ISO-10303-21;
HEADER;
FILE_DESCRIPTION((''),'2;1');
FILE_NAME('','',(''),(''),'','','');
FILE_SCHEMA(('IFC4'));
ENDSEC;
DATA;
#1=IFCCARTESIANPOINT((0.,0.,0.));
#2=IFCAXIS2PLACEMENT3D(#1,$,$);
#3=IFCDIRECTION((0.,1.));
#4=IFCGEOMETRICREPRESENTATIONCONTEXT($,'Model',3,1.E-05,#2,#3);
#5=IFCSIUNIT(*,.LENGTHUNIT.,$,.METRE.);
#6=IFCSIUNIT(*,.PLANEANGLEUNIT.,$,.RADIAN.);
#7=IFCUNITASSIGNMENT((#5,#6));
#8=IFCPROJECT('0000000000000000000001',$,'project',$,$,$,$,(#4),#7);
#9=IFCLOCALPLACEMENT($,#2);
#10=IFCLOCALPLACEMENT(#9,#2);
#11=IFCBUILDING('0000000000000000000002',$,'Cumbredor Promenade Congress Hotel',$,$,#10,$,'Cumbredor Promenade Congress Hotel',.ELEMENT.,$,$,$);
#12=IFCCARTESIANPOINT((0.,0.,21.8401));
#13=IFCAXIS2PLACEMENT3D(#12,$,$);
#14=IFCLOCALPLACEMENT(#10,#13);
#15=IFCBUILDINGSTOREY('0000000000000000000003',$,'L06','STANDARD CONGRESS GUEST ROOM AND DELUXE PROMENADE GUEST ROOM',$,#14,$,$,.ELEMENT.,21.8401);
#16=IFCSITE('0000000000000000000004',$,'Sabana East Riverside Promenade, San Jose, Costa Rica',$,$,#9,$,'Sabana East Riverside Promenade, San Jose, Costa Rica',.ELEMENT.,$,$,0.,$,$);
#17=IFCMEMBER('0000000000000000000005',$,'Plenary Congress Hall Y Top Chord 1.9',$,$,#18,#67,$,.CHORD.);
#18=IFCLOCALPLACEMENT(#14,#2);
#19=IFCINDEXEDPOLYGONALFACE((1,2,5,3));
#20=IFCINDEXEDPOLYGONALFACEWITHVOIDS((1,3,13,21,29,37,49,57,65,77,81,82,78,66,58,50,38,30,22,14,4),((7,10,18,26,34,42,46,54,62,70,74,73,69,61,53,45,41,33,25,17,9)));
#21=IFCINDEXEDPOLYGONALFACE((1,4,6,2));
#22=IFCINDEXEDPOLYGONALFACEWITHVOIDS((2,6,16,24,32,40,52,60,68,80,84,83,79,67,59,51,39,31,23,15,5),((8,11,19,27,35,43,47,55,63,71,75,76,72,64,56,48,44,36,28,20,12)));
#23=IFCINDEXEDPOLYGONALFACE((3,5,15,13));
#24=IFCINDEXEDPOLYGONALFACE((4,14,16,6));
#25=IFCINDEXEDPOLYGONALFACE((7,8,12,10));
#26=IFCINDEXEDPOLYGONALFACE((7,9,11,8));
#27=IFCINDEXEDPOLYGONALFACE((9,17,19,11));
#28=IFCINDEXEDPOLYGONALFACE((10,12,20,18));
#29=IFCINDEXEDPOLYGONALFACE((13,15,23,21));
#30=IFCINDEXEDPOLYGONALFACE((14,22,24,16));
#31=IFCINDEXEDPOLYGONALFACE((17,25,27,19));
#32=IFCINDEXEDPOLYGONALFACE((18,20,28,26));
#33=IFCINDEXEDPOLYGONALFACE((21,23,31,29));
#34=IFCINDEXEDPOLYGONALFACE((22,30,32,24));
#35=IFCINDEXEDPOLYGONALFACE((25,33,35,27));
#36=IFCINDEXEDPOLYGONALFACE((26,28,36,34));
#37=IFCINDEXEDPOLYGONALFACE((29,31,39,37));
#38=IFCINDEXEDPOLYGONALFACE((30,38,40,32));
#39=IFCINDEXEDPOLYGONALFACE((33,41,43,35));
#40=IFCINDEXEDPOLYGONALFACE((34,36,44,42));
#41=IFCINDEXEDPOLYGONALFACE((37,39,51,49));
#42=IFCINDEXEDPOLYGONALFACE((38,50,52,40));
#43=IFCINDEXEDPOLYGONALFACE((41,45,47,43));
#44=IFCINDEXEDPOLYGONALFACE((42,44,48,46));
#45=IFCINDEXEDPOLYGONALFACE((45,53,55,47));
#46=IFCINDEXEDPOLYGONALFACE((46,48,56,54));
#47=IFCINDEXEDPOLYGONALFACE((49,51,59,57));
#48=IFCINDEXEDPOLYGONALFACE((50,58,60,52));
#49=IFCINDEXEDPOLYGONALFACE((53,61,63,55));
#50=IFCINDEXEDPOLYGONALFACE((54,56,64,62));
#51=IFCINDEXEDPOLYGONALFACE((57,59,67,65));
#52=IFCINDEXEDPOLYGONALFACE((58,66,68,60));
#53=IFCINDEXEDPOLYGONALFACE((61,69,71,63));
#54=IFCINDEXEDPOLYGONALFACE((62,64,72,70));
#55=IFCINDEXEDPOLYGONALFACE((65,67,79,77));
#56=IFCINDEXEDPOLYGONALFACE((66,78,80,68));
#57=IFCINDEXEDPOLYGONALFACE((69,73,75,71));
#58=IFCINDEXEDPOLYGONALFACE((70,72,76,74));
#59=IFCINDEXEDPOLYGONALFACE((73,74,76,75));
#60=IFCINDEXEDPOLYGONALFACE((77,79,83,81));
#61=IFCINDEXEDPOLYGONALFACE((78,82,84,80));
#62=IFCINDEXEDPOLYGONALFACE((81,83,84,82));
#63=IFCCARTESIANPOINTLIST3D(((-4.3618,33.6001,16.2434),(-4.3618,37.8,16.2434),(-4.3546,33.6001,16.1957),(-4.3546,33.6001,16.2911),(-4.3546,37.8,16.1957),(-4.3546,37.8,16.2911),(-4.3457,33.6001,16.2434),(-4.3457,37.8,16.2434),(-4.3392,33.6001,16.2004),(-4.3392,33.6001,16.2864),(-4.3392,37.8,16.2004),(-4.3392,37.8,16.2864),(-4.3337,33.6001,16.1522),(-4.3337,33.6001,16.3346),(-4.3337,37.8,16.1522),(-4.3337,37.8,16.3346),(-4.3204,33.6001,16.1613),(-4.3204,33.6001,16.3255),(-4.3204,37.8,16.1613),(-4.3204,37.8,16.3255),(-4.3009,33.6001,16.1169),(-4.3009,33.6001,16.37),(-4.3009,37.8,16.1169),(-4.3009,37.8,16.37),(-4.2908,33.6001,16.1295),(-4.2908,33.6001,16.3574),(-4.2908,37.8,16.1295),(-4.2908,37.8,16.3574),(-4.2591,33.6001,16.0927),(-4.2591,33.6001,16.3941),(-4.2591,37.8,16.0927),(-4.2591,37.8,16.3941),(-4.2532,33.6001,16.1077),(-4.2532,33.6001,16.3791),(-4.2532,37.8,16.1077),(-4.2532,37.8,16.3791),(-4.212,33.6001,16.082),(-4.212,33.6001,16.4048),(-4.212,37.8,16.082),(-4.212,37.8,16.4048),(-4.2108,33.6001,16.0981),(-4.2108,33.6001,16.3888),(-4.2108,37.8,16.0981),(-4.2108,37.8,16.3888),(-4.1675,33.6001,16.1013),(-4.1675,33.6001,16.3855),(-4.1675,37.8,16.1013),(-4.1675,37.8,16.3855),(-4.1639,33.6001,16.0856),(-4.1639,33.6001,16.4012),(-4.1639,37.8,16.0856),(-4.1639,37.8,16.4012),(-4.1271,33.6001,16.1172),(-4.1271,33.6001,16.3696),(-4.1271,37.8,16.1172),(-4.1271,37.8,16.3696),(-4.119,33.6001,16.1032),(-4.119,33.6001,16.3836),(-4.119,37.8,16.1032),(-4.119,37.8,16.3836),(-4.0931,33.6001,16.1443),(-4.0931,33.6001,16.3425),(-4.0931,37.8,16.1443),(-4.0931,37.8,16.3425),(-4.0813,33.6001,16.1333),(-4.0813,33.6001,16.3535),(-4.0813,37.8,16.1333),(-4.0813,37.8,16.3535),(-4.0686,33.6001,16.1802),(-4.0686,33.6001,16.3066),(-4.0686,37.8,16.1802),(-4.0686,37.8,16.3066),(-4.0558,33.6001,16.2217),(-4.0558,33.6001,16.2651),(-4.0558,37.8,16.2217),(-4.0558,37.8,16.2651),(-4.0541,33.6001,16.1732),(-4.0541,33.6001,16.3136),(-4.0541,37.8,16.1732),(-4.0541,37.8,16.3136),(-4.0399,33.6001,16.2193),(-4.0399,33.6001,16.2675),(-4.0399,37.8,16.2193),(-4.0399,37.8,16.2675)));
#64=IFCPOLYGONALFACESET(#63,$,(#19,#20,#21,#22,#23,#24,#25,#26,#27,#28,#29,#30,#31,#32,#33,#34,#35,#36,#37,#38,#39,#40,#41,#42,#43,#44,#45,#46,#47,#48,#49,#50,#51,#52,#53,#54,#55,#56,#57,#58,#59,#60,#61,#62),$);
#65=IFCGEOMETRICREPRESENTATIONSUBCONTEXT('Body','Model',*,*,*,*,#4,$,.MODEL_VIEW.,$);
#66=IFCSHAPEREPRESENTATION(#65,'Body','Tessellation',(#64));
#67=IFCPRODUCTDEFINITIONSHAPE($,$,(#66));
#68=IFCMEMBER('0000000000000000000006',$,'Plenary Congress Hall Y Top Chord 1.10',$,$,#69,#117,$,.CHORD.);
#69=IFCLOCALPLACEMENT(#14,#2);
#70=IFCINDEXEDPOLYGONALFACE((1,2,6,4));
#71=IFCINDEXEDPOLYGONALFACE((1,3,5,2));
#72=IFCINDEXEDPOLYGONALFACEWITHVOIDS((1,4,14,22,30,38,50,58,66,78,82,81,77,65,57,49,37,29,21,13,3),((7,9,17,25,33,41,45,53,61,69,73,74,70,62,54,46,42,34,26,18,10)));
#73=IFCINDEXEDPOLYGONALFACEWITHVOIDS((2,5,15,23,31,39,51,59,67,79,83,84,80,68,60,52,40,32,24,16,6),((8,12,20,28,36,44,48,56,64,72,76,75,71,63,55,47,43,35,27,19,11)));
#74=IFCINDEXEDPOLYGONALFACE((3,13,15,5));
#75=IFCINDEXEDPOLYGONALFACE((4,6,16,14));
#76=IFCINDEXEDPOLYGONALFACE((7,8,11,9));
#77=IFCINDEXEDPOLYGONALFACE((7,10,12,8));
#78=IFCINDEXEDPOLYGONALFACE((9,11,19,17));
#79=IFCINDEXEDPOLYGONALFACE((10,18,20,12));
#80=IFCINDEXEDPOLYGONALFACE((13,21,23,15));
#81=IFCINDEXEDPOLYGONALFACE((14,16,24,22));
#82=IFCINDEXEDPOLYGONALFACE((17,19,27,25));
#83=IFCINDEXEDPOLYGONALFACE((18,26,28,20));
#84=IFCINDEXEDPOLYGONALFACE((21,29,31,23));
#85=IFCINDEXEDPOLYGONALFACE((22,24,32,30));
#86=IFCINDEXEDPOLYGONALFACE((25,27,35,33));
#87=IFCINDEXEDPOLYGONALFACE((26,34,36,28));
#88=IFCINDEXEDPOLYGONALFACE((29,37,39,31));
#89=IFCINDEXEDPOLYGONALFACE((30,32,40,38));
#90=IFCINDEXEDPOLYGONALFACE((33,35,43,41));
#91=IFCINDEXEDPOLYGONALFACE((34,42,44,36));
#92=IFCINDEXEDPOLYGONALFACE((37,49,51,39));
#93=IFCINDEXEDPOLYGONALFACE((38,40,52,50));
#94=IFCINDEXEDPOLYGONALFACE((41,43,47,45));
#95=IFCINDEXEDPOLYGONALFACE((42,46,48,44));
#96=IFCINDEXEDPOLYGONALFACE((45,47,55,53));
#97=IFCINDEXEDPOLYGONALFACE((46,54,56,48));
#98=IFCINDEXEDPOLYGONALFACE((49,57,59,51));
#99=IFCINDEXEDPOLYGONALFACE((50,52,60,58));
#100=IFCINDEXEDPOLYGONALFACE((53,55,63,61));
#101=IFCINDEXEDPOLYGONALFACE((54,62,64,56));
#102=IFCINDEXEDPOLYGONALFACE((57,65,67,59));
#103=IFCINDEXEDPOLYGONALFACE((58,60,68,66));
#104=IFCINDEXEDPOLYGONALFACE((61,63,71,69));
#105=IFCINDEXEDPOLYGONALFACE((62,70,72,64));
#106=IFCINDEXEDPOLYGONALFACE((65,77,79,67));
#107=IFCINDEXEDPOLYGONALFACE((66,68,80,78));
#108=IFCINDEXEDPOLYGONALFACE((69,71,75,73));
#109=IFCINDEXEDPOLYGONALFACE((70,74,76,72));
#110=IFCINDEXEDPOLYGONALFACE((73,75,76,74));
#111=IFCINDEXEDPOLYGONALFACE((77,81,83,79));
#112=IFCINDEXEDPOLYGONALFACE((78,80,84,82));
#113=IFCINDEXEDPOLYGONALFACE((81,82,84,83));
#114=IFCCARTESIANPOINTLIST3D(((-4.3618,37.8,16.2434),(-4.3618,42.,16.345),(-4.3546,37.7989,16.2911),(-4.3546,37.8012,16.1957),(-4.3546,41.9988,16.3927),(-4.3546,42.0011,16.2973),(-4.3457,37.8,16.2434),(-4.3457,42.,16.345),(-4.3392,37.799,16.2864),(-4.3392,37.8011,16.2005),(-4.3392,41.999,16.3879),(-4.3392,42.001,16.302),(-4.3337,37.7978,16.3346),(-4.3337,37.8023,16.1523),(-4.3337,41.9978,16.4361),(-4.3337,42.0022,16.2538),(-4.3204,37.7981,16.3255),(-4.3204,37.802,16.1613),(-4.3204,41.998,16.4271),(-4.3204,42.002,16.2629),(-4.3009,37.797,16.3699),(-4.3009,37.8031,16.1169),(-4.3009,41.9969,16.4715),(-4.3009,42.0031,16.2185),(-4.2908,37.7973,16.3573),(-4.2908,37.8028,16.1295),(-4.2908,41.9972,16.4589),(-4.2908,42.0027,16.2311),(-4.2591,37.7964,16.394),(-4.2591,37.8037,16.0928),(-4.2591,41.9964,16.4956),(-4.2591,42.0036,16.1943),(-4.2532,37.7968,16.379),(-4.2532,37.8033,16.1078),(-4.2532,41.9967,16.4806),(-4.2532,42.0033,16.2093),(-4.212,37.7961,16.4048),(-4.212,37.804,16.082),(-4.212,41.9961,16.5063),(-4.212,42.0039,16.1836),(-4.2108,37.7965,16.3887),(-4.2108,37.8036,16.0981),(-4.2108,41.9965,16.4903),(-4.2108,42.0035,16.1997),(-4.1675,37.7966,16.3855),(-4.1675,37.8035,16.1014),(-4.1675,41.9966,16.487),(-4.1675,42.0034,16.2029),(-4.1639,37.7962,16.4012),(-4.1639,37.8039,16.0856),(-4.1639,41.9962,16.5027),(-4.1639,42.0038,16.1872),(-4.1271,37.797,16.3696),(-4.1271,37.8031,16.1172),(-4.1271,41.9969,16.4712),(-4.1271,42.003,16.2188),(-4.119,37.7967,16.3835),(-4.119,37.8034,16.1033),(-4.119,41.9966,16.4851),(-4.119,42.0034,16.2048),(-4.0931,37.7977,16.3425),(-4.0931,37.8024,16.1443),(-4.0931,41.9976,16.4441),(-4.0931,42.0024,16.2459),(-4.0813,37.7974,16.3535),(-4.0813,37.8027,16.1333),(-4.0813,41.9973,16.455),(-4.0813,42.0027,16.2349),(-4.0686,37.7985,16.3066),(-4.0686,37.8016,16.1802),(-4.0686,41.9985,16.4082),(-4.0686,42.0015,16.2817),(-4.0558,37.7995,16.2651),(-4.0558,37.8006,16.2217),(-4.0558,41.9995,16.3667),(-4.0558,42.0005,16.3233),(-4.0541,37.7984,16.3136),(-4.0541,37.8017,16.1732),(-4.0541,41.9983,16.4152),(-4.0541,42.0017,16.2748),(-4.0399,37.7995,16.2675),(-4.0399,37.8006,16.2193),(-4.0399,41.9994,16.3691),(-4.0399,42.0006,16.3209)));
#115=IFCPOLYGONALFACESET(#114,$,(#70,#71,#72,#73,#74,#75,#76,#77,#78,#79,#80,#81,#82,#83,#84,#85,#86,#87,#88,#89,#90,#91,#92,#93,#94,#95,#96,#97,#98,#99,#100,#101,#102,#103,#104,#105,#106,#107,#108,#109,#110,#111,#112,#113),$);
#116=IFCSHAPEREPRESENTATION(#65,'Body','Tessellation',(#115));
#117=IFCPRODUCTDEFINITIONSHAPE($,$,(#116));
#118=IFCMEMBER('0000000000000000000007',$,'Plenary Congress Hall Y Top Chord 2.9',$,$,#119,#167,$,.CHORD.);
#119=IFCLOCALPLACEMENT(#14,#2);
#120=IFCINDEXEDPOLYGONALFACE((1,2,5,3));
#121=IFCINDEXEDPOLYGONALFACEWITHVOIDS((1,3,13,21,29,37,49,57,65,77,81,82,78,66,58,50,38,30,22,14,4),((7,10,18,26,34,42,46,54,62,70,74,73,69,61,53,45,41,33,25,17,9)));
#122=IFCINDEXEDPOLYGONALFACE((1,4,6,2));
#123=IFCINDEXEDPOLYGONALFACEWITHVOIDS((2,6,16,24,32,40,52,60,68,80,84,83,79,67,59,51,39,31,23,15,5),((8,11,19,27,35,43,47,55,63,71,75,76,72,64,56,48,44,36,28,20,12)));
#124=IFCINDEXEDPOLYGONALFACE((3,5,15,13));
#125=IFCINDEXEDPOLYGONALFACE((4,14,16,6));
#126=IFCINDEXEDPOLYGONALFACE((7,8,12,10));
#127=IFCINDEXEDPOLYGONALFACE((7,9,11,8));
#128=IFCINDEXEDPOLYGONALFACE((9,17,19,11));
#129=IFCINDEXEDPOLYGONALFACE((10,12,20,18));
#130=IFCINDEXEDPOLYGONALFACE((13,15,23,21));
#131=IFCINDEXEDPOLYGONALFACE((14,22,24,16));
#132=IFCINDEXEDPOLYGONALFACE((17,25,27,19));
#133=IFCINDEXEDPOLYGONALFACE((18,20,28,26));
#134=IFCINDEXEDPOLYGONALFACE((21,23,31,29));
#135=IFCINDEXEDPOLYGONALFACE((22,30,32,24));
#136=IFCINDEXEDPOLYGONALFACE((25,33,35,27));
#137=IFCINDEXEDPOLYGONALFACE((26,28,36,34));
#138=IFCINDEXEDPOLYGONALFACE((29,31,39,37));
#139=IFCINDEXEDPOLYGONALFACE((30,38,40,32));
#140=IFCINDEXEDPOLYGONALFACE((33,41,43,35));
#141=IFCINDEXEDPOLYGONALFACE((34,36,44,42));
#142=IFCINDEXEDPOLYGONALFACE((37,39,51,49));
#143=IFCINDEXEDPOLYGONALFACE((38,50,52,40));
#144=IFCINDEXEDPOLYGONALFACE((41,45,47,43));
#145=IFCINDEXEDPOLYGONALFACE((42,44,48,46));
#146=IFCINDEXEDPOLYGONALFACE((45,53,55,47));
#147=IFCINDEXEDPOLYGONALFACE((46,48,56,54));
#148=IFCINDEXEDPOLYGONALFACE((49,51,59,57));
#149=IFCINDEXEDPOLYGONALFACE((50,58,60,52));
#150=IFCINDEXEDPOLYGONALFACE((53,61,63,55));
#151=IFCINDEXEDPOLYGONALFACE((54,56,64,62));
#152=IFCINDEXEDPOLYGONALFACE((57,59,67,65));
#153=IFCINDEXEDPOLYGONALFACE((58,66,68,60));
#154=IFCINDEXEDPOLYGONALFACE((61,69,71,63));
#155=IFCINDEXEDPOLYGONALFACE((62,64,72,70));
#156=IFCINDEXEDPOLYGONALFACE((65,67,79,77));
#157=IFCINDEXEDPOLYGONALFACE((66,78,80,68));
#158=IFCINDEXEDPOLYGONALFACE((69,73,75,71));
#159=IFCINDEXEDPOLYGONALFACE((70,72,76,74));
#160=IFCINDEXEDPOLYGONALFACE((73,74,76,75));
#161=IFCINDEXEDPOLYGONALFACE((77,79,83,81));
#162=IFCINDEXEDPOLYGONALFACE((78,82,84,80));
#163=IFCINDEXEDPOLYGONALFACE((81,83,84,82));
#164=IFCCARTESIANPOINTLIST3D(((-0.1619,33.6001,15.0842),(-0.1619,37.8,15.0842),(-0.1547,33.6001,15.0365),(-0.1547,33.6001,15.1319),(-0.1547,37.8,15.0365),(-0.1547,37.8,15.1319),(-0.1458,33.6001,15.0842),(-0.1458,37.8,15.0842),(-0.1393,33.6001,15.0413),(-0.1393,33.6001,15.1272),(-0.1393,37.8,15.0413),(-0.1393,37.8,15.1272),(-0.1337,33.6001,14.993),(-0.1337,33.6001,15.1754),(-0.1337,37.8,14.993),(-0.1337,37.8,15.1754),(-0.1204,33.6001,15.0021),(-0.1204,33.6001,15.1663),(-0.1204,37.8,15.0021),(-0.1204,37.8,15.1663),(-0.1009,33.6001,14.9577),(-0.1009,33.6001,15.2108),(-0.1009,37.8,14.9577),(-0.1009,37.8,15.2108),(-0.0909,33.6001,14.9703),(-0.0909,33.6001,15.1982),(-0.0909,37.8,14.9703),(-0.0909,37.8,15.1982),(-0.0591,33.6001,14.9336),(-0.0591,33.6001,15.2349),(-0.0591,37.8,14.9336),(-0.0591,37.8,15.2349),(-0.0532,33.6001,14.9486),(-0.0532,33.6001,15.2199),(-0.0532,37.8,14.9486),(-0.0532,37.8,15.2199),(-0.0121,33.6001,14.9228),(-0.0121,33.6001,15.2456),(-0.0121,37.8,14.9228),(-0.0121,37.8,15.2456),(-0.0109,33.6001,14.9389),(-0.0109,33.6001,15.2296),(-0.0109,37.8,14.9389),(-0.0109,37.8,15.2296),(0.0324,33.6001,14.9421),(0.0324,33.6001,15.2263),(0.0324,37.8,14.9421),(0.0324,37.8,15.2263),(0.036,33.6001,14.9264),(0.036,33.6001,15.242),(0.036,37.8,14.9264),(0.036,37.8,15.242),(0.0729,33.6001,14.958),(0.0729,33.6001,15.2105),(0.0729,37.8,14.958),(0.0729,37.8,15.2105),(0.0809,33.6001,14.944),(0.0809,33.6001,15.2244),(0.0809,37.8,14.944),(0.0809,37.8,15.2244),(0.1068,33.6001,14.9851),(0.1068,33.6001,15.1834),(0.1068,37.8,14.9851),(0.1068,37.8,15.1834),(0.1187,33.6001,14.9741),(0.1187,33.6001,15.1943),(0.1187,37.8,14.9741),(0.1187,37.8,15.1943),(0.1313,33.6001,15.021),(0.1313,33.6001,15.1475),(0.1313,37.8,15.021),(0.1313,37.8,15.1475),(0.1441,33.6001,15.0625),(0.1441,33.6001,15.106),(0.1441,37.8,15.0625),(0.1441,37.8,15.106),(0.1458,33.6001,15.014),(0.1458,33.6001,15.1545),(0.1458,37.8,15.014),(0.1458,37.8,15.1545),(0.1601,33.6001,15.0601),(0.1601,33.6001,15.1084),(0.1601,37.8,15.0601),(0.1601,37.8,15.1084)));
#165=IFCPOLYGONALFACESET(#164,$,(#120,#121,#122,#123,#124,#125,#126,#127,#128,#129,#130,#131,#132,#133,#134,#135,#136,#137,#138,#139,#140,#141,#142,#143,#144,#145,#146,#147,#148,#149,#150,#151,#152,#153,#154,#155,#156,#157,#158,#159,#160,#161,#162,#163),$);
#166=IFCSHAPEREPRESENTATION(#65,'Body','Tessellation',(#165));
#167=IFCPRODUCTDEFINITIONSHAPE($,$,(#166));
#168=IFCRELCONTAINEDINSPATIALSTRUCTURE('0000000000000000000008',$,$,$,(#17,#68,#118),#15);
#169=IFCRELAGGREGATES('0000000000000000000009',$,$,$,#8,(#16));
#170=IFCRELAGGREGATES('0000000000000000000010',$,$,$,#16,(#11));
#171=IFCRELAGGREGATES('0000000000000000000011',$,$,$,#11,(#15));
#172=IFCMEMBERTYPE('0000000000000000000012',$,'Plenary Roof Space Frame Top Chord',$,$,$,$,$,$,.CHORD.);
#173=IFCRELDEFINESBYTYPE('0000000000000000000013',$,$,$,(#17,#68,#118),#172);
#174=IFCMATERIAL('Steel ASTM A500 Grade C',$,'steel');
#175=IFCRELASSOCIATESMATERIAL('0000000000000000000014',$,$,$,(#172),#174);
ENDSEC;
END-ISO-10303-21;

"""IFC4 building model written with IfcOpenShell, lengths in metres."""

from ifc_helpers import new_model, si_unit, direction, frame, origin, origin_2d, place, context, subcontext, project, spatial, hollow_circle, extrude, material, material_profile, profile_set, type_object, element, save


model = new_model("IFC4")

# Units and contexts
model_context = context("Model", 3, precision=1e-05, world=origin(), true_north=direction((0.0, 1.0)))
body_context = subcontext(model_context, "Body", "Model", "MODEL_VIEW")
ifc_project = project(units=[si_unit("LENGTHUNIT", "METRE"), si_unit("PLANEANGLEUNIT", "RADIAN")], contexts=[model_context])

# Site, building, storey
site_placement = place(None, origin())
site = spatial("IfcSite", under=ifc_project, at=site_placement, Name="Sabana East Riverside Promenade, San Jose, Costa Rica", LongName="Sabana East Riverside Promenade, San Jose, Costa Rica", CompositionType="ELEMENT", RefElevation=0.0)
building_placement = place(site_placement, origin())
building = spatial("IfcBuilding", under=site, at=building_placement, Name="Cumbredor Promenade Congress Hotel", LongName="Cumbredor Promenade Congress Hotel", CompositionType="ELEMENT")
storey_placement = place(building_placement, frame((0.0, 0.0, 21.8401)))
storey = spatial("IfcBuildingStorey", under=building, at=storey_placement, Name="L06", Description="STANDARD CONGRESS GUEST ROOM AND DELUXE PROMENADE GUEST ROOM", CompositionType="ELEMENT", Elevation=21.8401)

# Members
ifc_material_1 = material(Name="Steel ASTM A500 Grade C", Category="steel")
ifc_material_profile_1 = material_profile(ifc_material_1, hollow_circle(Radius=0.1619, WallThickness=0.0161, at=origin_2d()), Name="CHS 323.9x16")
ifc_profile_set_1 = profile_set([ifc_material_profile_1], Name="Steel ASTM A500 Grade C")
member_type_1 = type_object("IfcMemberType", Name="Plenary Roof Space Frame Top Chord", PredefinedType="CHORD", material=ifc_profile_set_1)
member_1_placement = place(storey_placement, frame((-4.2, 33.6001, 16.2434), z_axis=(0.0, 1.0, 0.0), x_axis=(-1.0, 0.0, 0.0)))
element("IfcMember", 1, at=member_1_placement, inside=storey, type_object=member_type_1, Name="Plenary Congress Hall Y Top Chord 1.9", PredefinedType="CHORD", context=body_context, shape_type="SweptSolid", body=[
    extrude(hollow_circle(Radius=0.1619, WallThickness=0.0161, at=origin_2d()), origin(), (0.0, 0.0, 1.0), 4.2),
])
member_2_placement = place(storey_placement, frame((-4.2, 37.8, 16.2434), z_axis=(0.0, 0.999708, 0.024175), x_axis=(-1.0, 0.0, 0.0)))
element("IfcMember", 2, at=member_2_placement, inside=storey, type_object=member_type_1, Name="Plenary Congress Hall Y Top Chord 1.10", PredefinedType="CHORD", context=body_context, shape_type="SweptSolid", body=[
    extrude(hollow_circle(Radius=0.1619, WallThickness=0.0161, at=origin_2d()), origin(), (0.0, 0.0, 1.0), 4.2012),
])
member_3_placement = place(storey_placement, frame((0.0, 33.6001, 15.0842), z_axis=(0.0, 1.0, 0.0), x_axis=(-1.0, 0.0, 0.0)))
element("IfcMember", 3, at=member_3_placement, inside=storey, type_object=member_type_1, Name="Plenary Congress Hall Y Top Chord 2.9", PredefinedType="CHORD", context=body_context, shape_type="SweptSolid", body=[
    extrude(hollow_circle(Radius=0.1619, WallThickness=0.0161, at=origin_2d()), origin(), (0.0, 0.0, 1.0), 4.2),
])

save(model, "model.ifc")
